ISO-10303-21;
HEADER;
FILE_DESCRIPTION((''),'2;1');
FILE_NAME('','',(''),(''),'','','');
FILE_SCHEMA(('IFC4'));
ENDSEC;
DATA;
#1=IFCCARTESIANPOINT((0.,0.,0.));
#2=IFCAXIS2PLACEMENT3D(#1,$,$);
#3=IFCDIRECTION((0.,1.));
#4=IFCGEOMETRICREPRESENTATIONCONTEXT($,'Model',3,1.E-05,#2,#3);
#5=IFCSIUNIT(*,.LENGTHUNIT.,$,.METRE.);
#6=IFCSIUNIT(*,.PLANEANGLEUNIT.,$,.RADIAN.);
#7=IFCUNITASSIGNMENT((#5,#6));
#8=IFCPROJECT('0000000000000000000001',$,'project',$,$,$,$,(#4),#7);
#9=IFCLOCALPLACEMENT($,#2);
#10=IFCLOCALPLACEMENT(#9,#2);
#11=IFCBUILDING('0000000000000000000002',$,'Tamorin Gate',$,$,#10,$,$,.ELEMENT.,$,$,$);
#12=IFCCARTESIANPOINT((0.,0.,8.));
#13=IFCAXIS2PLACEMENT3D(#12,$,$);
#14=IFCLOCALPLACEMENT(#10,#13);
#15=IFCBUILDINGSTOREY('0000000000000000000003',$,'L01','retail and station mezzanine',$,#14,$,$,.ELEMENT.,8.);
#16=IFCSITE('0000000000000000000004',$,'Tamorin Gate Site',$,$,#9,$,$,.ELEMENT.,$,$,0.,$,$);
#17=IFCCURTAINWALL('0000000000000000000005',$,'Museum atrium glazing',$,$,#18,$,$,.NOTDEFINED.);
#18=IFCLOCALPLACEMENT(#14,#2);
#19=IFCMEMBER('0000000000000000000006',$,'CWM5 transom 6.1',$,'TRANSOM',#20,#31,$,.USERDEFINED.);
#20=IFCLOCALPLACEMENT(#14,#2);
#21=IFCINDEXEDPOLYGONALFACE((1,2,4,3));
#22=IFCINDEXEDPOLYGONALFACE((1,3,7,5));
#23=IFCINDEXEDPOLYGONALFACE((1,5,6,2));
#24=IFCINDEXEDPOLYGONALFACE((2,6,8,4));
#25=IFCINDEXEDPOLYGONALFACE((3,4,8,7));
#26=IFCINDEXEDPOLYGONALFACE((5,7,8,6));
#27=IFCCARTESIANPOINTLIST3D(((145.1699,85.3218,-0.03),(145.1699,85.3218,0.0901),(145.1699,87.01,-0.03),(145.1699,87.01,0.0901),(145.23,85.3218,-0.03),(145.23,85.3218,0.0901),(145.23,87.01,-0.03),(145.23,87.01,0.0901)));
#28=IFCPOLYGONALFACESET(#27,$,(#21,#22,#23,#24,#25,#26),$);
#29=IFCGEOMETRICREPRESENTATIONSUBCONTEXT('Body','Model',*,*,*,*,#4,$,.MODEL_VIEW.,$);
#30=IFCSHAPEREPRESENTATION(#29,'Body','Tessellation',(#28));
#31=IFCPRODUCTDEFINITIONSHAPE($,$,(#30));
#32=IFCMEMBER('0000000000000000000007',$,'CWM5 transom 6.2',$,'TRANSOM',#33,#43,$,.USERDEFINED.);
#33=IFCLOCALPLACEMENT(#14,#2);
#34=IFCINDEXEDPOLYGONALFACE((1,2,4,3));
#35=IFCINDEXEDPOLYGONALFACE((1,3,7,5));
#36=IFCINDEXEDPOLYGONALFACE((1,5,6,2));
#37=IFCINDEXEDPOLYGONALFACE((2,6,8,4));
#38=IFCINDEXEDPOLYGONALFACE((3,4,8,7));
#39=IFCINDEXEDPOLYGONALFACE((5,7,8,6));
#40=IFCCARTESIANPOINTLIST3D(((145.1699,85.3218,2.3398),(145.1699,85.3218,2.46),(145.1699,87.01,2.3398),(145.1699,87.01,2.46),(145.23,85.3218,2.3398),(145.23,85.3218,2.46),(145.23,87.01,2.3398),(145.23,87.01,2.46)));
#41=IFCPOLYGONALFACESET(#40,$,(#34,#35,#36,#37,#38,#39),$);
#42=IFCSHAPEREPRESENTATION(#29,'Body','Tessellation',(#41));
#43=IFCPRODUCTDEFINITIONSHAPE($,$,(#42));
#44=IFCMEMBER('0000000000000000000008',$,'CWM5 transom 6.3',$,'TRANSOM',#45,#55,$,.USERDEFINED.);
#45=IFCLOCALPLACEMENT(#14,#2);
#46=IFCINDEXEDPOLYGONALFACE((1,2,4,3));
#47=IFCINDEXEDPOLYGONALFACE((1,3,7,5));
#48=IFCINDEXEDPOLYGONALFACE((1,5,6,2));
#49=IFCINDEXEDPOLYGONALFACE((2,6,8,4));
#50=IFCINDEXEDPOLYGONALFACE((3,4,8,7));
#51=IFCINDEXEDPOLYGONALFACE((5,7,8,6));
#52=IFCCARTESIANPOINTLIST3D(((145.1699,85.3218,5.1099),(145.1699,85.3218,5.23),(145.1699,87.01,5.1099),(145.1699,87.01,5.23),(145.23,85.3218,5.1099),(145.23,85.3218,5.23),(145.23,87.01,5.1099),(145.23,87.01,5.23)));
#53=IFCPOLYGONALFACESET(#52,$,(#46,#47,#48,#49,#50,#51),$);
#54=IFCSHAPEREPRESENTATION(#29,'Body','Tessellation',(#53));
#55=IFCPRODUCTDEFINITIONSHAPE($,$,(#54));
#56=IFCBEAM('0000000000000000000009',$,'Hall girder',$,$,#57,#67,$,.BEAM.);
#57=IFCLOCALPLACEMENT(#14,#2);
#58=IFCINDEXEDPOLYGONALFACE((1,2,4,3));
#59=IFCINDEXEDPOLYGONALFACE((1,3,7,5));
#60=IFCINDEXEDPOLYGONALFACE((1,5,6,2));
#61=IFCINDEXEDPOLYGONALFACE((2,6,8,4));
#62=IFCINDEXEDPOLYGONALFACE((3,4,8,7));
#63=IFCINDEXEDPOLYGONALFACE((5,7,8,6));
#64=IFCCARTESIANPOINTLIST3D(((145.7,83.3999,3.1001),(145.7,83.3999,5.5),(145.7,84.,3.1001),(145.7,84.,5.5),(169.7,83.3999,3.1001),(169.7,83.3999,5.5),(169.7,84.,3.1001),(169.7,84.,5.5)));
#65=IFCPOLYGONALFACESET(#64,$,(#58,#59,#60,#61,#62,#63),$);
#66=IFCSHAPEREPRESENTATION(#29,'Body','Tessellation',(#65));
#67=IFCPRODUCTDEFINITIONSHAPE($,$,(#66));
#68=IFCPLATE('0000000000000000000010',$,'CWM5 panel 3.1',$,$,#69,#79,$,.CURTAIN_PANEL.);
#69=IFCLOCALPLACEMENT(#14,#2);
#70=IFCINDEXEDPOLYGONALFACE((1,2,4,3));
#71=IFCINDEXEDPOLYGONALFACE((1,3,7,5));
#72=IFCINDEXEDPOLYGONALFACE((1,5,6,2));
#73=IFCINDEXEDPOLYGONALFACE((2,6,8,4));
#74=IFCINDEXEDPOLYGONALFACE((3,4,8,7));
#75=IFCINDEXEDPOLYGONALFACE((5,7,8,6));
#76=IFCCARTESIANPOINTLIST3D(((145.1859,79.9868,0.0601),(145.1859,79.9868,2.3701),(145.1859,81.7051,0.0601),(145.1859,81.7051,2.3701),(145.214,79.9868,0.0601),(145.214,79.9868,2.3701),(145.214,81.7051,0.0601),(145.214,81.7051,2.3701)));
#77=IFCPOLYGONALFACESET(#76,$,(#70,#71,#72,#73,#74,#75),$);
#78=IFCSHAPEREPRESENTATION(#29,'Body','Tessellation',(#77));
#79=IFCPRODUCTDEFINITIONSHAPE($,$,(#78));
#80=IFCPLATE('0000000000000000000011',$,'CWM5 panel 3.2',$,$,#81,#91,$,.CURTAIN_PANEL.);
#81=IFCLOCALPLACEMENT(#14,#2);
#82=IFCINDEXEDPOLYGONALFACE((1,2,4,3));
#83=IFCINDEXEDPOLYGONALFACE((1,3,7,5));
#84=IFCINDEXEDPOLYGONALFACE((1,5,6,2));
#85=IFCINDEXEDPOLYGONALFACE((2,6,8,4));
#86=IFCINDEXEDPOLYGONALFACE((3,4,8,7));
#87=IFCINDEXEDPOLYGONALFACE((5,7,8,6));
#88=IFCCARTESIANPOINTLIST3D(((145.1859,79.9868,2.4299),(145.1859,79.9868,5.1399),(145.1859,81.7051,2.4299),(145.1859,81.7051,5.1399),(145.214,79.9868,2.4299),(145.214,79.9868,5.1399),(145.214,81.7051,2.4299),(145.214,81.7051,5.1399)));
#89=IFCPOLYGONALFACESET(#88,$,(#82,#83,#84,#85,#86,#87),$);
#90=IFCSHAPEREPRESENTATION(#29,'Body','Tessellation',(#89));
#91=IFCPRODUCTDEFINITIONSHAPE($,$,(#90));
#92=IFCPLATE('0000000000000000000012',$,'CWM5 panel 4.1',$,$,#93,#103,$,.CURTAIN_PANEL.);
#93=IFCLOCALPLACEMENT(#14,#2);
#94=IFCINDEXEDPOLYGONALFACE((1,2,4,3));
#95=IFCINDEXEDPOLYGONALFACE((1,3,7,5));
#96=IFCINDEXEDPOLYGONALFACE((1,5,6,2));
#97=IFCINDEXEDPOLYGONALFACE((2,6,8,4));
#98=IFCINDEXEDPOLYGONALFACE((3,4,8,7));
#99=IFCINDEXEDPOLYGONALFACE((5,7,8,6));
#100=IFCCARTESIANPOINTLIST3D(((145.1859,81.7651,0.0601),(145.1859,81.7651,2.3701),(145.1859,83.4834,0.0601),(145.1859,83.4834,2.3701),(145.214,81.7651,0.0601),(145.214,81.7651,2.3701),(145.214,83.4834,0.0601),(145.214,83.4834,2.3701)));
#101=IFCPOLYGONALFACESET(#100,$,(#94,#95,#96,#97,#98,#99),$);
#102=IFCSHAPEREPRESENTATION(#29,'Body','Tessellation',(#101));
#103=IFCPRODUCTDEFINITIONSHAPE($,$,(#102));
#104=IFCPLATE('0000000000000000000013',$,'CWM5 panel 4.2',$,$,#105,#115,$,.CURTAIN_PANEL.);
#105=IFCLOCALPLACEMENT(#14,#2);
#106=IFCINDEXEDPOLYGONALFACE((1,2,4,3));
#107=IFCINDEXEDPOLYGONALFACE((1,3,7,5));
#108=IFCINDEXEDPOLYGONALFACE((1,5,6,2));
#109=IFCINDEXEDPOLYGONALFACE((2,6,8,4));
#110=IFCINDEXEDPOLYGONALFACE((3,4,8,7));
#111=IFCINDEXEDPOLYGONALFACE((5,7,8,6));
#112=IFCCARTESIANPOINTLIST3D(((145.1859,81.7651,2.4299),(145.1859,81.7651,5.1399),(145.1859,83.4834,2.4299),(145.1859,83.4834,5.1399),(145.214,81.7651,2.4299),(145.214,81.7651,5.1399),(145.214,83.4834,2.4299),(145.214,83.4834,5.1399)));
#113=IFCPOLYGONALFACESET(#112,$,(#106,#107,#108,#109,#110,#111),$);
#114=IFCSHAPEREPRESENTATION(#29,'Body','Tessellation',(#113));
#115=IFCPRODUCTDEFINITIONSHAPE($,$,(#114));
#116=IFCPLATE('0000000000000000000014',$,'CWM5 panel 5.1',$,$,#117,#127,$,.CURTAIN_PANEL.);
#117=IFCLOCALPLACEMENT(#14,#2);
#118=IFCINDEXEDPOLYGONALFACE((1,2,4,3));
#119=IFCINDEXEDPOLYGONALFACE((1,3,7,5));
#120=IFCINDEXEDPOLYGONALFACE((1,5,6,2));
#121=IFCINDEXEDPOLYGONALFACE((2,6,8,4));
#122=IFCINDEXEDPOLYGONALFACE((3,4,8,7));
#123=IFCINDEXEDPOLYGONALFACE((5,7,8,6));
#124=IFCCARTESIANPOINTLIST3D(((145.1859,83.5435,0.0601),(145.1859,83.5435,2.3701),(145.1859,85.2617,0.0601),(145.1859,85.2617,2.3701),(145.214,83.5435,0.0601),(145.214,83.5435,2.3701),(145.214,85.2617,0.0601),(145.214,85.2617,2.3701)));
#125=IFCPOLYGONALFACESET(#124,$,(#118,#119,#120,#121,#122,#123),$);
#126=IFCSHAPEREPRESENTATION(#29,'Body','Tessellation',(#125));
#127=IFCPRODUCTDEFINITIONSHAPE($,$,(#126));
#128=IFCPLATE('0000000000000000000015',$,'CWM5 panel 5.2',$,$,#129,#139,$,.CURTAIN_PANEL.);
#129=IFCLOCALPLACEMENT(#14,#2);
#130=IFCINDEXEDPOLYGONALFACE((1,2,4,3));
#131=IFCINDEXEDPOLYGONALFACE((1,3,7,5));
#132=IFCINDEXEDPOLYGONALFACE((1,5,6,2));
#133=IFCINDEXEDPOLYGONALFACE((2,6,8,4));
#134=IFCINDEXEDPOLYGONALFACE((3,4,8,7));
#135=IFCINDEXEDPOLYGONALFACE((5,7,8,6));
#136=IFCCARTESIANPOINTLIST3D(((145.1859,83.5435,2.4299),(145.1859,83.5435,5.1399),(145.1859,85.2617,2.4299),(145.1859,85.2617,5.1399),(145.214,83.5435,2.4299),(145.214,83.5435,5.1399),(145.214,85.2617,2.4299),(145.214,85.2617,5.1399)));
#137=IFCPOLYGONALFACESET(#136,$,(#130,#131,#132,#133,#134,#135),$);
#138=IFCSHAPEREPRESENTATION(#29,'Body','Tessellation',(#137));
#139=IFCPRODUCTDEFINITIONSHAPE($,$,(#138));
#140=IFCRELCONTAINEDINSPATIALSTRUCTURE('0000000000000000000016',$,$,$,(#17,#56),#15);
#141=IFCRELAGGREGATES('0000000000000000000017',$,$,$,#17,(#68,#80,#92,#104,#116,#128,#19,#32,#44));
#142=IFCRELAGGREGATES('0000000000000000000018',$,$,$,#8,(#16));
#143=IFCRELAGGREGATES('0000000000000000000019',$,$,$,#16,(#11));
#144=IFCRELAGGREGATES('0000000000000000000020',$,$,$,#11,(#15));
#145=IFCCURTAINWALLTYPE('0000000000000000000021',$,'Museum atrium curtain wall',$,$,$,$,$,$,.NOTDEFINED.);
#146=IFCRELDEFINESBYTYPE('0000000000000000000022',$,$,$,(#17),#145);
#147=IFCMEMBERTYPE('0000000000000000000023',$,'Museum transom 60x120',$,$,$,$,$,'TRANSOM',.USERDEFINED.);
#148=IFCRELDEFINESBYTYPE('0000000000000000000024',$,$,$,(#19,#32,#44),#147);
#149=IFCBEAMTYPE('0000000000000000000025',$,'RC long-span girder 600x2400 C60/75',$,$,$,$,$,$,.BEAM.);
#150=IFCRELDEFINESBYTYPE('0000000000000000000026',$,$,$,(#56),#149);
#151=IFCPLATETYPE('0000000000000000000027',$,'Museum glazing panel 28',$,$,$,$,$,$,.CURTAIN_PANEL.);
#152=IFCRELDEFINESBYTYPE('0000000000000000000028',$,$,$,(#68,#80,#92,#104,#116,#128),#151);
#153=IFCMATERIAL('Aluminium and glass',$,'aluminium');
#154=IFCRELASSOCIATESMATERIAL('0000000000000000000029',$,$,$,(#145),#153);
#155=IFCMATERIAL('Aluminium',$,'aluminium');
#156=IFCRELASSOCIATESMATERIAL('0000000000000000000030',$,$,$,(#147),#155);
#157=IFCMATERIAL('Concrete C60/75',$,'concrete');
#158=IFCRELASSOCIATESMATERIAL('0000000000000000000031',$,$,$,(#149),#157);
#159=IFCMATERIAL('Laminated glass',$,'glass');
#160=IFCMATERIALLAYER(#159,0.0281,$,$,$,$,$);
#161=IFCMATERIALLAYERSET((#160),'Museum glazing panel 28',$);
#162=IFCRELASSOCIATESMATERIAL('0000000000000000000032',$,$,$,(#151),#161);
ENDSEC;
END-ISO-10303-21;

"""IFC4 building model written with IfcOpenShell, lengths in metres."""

from ifc_helpers import new_model, si_unit, direction, frame, origin, origin_2d, place, context, subcontext, project, spatial, rectangle, extrude, material, layer, layer_set, material_profile, profile_set, type_object, element, aggregate, save


model = new_model("IFC4")

# Units and contexts
model_context = context("Model", 3, precision=1e-05, world=origin(), true_north=direction((0.0, 1.0)))
body_context = subcontext(model_context, "Body", "Model", "MODEL_VIEW")
ifc_project = project(units=[si_unit("LENGTHUNIT", "METRE"), si_unit("PLANEANGLEUNIT", "RADIAN")], contexts=[model_context])

# Site, building, storey
site_placement = place(None, origin())
site = spatial("IfcSite", under=ifc_project, at=site_placement, Name="Tamorin Gate Site", CompositionType="ELEMENT", RefElevation=0.0)
building_placement = place(site_placement, origin())
building = spatial("IfcBuilding", under=site, at=building_placement, Name="Tamorin Gate", CompositionType="ELEMENT")
storey_placement = place(building_placement, frame((0.0, 0.0, 8.0)))
storey = spatial("IfcBuildingStorey", under=building, at=storey_placement, Name="L01", Description="retail and station mezzanine", CompositionType="ELEMENT", Elevation=8.0)

# Curtain wall, members
ifc_material_1 = material(Name="Aluminium and glass", Category="aluminium")
curtain_wall_type = type_object("IfcCurtainWallType", Name="Museum atrium curtain wall", PredefinedType="NOTDEFINED", material=ifc_material_1)
curtain_wall_placement = place(storey_placement, origin())
curtain_wall = element("IfcCurtainWall", 1, at=curtain_wall_placement, inside=storey, type_object=curtain_wall_type, Name="Museum atrium glazing", PredefinedType="NOTDEFINED")
ifc_material_2 = material(Name="Aluminium", Category="aluminium")
ifc_material_profile_1 = material_profile(ifc_material_2, rectangle(XDim=0.0601, YDim=0.1201, at=origin_2d()), Name="RECT 60x120")
ifc_profile_set_1 = profile_set([ifc_material_profile_1], Name="Aluminium")
member_type_1 = type_object("IfcMemberType", Name="Museum transom 60x120", ElementType="TRANSOM", PredefinedType="USERDEFINED", material=ifc_profile_set_1)
member_1_placement = place(storey_placement, frame((145.2, 85.3218, 0.03), z_axis=(0.0, 1.0, 0.0), x_axis=(-1.0, 0.0, 0.0)))
member_1 = element("IfcMember", 2, at=member_1_placement, type_object=member_type_1, Name="CWM5 transom 6.1", ObjectType="TRANSOM", PredefinedType="USERDEFINED", context=body_context, shape_type="SweptSolid", body=[
    extrude(rectangle(XDim=0.0601, YDim=0.1201, at=origin_2d()), origin(), (0.0, 0.0, 1.0), 1.6882),
])
member_2_placement = place(storey_placement, frame((145.2, 85.3218, 2.3999), z_axis=(0.0, 1.0, 0.0), x_axis=(-1.0, 0.0, 0.0)))
member_2 = element("IfcMember", 3, at=member_2_placement, type_object=member_type_1, Name="CWM5 transom 6.2", ObjectType="TRANSOM", PredefinedType="USERDEFINED", context=body_context, shape_type="SweptSolid", body=[
    extrude(rectangle(XDim=0.0601, YDim=0.1201, at=origin_2d()), origin(), (0.0, 0.0, 1.0), 1.6882),
])
member_3_placement = place(storey_placement, frame((145.2, 85.3218, 5.1699), z_axis=(0.0, 1.0, 0.0), x_axis=(-1.0, 0.0, 0.0)))
member_3 = element("IfcMember", 4, at=member_3_placement, type_object=member_type_1, Name="CWM5 transom 6.3", ObjectType="TRANSOM", PredefinedType="USERDEFINED", context=body_context, shape_type="SweptSolid", body=[
    extrude(rectangle(XDim=0.0601, YDim=0.1201, at=origin_2d()), origin(), (0.0, 0.0, 1.0), 1.6882),
])

# Beam
ifc_material_3 = material(Name="Concrete C60/75", Category="concrete")
ifc_material_profile_2 = material_profile(ifc_material_3, rectangle(XDim=0.6001, YDim=2.3999, at=origin_2d()))
ifc_profile_set_2 = profile_set([ifc_material_profile_2], Name="Concrete C60/75")
beam_type = type_object("IfcBeamType", Name="RC long-span girder 600x2400 C60/75", PredefinedType="BEAM", material=ifc_profile_set_2)
beam_placement = place(storey_placement, frame((145.7, 83.7, 4.3), z_axis=(1.0, 0.0, 0.0), x_axis=(0.0, 1.0, 0.0)))
element("IfcBeam", 5, at=beam_placement, inside=storey, type_object=beam_type, Name="Hall girder", PredefinedType="BEAM", context=body_context, shape_type="SweptSolid", body=[
    extrude(rectangle(XDim=0.6001, YDim=2.3999, at=origin_2d()), origin(), (0.0, 0.0, 1.0), 24.0),
])

# Plates
ifc_material_4 = material(Name="Laminated glass", Category="glass")
ifc_layer = layer(ifc_material_4, 0.0281)
ifc_layer_set = layer_set([ifc_layer], Name="Museum glazing panel 28")
plate_type = type_object("IfcPlateType", Name="Museum glazing panel 28", PredefinedType="CURTAIN_PANEL", material=ifc_layer_set)
plate_1_placement = place(storey_placement, frame((145.2, 80.8459, 0.0601), z_axis=(0.0, 0.0, 1.0), x_axis=(0.0, 1.0, 0.0)))
plate_1 = element("IfcPlate", 6, at=plate_1_placement, type_object=plate_type, Name="CWM5 panel 3.1", PredefinedType="CURTAIN_PANEL", context=body_context, shape_type="SweptSolid", body=[
    extrude(rectangle(XDim=1.7183, YDim=0.0281, at=origin_2d()), origin(), (0.0, 0.0, 1.0), 2.3101),
])
plate_2_placement = place(storey_placement, frame((145.2, 80.8459, 2.4299), z_axis=(0.0, 0.0, 1.0), x_axis=(0.0, 1.0, 0.0)))
plate_2 = element("IfcPlate", 7, at=plate_2_placement, type_object=plate_type, Name="CWM5 panel 3.2", PredefinedType="CURTAIN_PANEL", context=body_context, shape_type="SweptSolid", body=[
    extrude(rectangle(XDim=1.7183, YDim=0.0281, at=origin_2d()), origin(), (0.0, 0.0, 1.0), 2.71),
])
plate_3_placement = place(storey_placement, frame((145.2, 82.6243, 0.0601), z_axis=(0.0, 0.0, 1.0), x_axis=(0.0, 1.0, 0.0)))
plate_3 = element("IfcPlate", 8, at=plate_3_placement, type_object=plate_type, Name="CWM5 panel 4.1", PredefinedType="CURTAIN_PANEL", context=body_context, shape_type="SweptSolid", body=[
    extrude(rectangle(XDim=1.7183, YDim=0.0281, at=origin_2d()), origin(), (0.0, 0.0, 1.0), 2.3101),
])
plate_4_placement = place(storey_placement, frame((145.2, 82.6243, 2.4299), z_axis=(0.0, 0.0, 1.0), x_axis=(0.0, 1.0, 0.0)))
plate_4 = element("IfcPlate", 9, at=plate_4_placement, type_object=plate_type, Name="CWM5 panel 4.2", PredefinedType="CURTAIN_PANEL", context=body_context, shape_type="SweptSolid", body=[
    extrude(rectangle(XDim=1.7183, YDim=0.0281, at=origin_2d()), origin(), (0.0, 0.0, 1.0), 2.71),
])
plate_5_placement = place(storey_placement, frame((145.2, 84.4026, 0.0601), z_axis=(0.0, 0.0, 1.0), x_axis=(0.0, 1.0, 0.0)))
plate_5 = element("IfcPlate", 10, at=plate_5_placement, type_object=plate_type, Name="CWM5 panel 5.1", PredefinedType="CURTAIN_PANEL", context=body_context, shape_type="SweptSolid", body=[
    extrude(rectangle(XDim=1.7183, YDim=0.0281, at=origin_2d()), origin(), (0.0, 0.0, 1.0), 2.3101),
])
plate_6_placement = place(storey_placement, frame((145.2, 84.4026, 2.4299), z_axis=(0.0, 0.0, 1.0), x_axis=(0.0, 1.0, 0.0)))
plate_6 = element("IfcPlate", 11, at=plate_6_placement, type_object=plate_type, Name="CWM5 panel 5.2", PredefinedType="CURTAIN_PANEL", context=body_context, shape_type="SweptSolid", body=[
    extrude(rectangle(XDim=1.7183, YDim=0.0281, at=origin_2d()), origin(), (0.0, 0.0, 1.0), 2.71),
])
aggregate(curtain_wall, [plate_1, plate_2, plate_3, plate_4, plate_5, plate_6, member_1, member_2, member_3])

save(model, "model.ifc")
